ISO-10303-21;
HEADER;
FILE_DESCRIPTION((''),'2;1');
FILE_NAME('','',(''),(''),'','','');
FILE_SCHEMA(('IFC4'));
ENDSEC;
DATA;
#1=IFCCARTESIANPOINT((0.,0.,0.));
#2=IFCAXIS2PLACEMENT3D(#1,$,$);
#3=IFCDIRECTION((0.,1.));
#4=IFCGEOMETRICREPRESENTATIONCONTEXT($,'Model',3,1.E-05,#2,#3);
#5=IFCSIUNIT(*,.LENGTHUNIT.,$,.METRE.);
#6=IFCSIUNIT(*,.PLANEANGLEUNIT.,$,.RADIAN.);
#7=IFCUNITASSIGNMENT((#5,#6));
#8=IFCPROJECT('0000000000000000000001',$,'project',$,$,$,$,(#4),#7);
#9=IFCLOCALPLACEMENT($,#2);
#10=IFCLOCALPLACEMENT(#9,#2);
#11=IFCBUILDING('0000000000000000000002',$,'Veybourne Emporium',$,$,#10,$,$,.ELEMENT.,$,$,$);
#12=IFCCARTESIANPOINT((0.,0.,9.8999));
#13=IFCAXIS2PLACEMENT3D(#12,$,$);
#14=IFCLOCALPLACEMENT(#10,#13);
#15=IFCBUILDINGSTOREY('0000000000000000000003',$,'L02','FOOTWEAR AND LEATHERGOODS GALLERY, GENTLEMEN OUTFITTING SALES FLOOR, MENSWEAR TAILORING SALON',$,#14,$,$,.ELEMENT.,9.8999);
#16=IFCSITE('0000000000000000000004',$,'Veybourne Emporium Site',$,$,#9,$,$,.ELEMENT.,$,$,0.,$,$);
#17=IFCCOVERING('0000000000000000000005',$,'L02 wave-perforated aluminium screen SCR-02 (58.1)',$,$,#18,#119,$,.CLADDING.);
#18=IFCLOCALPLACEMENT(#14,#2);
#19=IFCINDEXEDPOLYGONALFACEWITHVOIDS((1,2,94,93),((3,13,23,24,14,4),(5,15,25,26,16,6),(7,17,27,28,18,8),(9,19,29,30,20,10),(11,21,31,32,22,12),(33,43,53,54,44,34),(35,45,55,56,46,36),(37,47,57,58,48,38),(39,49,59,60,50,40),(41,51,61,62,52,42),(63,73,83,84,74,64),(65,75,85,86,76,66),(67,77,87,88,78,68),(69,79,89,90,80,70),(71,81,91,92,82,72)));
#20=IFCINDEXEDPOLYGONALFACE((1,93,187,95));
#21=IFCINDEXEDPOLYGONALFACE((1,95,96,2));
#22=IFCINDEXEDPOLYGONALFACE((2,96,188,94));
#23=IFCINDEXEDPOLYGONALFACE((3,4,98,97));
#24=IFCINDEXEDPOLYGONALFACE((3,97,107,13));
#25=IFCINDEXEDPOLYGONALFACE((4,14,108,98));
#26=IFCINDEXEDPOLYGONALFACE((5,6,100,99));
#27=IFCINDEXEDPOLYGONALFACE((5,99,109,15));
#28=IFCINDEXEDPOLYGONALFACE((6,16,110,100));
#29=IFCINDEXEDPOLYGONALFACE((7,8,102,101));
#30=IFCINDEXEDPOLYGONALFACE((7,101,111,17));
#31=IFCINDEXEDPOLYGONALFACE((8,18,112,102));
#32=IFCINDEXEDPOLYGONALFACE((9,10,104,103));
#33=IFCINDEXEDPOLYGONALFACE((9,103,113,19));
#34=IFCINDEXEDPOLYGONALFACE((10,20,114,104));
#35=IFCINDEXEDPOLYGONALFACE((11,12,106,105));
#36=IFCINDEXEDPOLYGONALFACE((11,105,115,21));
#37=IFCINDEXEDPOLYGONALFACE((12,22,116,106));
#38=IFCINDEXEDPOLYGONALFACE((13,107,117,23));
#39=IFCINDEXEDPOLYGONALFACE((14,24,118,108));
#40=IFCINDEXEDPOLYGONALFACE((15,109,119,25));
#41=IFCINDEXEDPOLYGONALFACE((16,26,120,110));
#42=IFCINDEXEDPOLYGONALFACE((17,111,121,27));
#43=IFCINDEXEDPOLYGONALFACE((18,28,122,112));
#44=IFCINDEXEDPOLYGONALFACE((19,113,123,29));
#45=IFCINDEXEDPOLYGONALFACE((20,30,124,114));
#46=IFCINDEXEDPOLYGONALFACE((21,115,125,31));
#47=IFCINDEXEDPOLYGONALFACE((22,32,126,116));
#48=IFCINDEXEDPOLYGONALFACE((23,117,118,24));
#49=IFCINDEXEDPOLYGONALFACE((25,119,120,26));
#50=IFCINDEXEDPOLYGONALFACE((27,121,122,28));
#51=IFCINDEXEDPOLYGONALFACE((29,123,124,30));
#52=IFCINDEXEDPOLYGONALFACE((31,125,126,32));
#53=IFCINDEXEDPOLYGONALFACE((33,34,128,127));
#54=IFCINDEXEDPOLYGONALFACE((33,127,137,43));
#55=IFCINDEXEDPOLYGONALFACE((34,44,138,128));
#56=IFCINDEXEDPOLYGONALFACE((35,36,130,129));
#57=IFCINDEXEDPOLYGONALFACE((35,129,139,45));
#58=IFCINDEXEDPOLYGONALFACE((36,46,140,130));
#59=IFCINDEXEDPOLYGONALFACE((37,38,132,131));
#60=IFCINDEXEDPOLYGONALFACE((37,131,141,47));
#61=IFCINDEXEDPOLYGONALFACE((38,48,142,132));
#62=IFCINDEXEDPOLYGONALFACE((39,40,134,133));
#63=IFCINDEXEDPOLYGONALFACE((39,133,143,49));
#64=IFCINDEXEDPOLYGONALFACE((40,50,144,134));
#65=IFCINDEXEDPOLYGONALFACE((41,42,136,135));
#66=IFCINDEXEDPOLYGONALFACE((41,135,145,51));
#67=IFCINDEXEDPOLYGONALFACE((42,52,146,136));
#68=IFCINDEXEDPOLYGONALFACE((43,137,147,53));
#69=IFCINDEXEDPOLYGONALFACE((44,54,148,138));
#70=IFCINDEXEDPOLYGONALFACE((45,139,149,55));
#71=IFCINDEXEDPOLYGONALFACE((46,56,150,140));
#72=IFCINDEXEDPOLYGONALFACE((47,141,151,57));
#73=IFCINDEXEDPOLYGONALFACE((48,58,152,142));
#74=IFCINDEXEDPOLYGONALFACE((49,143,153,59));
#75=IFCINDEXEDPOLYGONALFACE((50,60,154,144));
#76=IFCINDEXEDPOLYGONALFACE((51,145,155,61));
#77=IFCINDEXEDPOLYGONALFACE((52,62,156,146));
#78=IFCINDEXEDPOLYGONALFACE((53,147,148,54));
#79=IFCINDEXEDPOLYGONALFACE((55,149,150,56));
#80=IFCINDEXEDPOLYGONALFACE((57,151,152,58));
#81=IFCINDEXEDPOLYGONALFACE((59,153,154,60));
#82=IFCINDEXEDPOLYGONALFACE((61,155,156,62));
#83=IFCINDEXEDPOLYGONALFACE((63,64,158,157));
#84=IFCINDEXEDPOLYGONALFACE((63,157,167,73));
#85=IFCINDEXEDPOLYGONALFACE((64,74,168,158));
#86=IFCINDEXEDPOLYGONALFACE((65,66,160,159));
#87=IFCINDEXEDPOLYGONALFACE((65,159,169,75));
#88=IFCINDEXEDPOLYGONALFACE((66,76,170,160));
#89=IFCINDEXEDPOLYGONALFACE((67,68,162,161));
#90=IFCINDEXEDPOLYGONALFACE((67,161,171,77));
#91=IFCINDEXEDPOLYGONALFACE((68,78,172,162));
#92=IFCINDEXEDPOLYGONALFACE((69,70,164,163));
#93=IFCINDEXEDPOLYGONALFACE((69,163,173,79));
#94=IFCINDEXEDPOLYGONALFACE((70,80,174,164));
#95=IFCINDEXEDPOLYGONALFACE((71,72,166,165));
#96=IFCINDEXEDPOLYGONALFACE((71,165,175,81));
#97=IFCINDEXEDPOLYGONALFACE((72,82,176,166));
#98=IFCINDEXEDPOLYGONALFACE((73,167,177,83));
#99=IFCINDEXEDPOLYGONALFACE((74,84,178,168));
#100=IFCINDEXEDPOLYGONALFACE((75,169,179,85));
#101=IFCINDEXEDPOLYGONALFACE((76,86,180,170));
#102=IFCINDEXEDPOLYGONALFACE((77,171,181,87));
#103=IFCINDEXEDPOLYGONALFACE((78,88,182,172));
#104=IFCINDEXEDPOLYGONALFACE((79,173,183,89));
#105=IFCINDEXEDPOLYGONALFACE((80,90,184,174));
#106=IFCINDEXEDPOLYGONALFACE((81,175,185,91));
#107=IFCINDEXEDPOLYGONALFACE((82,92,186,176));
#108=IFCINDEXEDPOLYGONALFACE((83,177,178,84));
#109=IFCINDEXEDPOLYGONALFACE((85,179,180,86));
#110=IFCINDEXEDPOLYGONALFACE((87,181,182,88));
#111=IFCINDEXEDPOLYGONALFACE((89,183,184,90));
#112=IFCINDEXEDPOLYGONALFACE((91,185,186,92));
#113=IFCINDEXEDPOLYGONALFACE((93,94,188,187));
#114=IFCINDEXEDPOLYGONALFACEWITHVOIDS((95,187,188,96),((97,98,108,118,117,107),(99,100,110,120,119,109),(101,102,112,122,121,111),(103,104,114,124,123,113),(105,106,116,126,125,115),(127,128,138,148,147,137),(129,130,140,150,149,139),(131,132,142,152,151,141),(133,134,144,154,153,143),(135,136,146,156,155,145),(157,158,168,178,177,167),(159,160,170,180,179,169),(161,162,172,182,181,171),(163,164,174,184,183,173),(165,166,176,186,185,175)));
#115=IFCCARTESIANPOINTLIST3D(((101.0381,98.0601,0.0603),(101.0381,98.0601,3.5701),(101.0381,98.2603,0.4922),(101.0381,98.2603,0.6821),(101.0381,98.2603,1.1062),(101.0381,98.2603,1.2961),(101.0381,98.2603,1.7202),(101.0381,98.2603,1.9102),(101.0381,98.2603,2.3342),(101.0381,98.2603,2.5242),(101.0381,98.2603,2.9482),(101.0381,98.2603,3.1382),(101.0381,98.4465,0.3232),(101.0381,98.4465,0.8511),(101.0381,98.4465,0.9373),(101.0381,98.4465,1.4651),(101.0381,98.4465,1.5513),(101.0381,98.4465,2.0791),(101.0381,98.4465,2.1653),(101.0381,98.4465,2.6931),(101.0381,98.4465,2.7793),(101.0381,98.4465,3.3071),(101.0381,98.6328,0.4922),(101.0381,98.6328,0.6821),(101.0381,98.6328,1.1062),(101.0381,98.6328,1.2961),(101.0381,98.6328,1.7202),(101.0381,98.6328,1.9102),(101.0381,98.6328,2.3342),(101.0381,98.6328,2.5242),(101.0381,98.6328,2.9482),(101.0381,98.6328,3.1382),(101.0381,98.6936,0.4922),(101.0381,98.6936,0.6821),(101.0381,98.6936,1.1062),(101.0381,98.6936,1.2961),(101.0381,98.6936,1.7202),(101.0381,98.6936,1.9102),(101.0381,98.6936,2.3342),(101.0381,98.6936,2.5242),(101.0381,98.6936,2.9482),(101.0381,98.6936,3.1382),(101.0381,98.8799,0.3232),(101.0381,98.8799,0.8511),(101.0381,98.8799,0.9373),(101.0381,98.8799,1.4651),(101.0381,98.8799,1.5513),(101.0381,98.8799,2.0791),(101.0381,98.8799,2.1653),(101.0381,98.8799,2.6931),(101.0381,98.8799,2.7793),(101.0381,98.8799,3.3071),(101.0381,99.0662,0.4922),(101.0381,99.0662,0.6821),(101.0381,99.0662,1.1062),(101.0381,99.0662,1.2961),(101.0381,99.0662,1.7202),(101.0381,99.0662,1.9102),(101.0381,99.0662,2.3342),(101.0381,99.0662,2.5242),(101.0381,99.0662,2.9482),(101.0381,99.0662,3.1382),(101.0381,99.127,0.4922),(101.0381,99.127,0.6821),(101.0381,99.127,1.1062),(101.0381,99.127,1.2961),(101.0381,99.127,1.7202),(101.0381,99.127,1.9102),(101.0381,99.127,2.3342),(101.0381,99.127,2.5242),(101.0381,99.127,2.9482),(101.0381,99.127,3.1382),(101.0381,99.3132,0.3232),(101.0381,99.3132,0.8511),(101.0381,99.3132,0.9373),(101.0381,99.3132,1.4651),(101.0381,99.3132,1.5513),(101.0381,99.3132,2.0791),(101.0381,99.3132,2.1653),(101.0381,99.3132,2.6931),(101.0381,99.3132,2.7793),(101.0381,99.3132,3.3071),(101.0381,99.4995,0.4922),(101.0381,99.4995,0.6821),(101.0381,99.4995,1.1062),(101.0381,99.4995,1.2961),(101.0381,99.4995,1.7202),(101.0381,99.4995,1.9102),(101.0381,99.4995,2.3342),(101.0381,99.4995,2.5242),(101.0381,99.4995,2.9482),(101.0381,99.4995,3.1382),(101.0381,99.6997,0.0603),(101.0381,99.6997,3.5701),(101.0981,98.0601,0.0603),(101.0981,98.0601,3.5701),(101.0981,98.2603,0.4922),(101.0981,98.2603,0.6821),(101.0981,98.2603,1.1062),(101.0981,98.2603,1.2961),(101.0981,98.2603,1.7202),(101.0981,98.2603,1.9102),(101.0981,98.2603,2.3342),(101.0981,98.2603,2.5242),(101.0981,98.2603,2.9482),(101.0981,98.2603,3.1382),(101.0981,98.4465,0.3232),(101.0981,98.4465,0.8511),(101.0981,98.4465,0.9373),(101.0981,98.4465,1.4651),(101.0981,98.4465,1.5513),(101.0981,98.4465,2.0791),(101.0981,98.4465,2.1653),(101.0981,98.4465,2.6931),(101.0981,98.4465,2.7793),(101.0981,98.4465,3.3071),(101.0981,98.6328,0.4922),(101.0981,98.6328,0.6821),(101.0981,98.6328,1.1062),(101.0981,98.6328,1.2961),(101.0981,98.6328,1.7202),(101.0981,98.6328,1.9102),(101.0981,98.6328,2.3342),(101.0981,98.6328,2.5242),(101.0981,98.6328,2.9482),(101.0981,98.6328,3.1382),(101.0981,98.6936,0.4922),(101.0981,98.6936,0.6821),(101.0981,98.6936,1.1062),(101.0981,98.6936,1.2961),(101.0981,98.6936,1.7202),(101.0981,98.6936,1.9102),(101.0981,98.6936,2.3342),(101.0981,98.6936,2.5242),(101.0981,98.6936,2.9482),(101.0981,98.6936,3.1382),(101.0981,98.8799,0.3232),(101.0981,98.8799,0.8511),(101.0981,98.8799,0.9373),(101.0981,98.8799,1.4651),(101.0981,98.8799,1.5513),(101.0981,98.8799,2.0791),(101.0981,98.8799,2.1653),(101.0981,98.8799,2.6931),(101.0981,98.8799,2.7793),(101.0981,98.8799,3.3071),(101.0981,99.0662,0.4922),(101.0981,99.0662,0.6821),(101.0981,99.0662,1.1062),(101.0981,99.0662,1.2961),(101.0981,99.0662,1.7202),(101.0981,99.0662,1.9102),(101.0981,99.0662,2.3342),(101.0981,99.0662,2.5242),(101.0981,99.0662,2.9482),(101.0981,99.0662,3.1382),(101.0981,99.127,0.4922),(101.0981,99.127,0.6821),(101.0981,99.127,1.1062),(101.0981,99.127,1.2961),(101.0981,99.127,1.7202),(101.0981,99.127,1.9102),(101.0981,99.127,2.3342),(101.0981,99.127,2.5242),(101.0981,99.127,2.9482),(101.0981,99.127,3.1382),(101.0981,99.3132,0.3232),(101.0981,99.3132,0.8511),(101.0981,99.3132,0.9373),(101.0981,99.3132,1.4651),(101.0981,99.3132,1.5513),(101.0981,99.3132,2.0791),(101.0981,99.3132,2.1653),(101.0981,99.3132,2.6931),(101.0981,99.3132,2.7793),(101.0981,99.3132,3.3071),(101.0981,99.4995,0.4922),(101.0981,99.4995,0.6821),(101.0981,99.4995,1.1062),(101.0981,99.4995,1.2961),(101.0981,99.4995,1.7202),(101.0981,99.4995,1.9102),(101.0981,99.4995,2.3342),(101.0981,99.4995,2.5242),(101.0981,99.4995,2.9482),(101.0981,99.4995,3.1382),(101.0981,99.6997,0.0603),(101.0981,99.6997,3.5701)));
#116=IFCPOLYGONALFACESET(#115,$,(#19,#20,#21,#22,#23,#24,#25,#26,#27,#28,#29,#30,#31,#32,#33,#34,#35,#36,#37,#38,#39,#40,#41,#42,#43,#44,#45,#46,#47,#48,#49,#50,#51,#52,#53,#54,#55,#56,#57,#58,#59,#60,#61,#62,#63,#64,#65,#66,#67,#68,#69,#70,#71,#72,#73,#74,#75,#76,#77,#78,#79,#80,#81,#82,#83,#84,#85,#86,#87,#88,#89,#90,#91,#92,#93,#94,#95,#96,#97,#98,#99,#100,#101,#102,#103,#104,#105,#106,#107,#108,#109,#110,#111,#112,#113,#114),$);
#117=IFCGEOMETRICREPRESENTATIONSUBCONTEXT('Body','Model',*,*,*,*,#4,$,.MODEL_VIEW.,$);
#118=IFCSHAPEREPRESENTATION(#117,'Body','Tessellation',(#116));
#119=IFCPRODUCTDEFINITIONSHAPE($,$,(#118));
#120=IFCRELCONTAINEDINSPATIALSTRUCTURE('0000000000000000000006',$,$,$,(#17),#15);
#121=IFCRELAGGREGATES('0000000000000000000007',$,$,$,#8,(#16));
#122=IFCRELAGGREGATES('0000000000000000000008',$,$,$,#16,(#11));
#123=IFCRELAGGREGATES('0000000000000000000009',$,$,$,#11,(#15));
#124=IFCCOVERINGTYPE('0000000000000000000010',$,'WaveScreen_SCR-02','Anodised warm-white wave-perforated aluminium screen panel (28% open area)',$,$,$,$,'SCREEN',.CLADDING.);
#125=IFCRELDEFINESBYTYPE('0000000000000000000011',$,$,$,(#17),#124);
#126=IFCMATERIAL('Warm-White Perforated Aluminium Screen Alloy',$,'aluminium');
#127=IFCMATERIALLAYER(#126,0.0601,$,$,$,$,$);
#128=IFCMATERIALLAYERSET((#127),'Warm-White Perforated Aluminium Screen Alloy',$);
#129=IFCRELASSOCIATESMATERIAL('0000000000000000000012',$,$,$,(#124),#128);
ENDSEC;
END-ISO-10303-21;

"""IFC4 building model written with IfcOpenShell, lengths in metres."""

from ifc_helpers import new_model, si_unit, direction, frame, origin, place, context, subcontext, project, spatial, polyline, outline, extrude, material, layer, layer_set, type_object, element, save


model = new_model("IFC4")

# Units and contexts
model_context = context("Model", 3, precision=1e-05, world=origin(), true_north=direction((0.0, 1.0)))
body_context = subcontext(model_context, "Body", "Model", "MODEL_VIEW")
ifc_project = project(units=[si_unit("LENGTHUNIT", "METRE"), si_unit("PLANEANGLEUNIT", "RADIAN")], contexts=[model_context])

# Site, building, storey
site_placement = place(None, origin())
site = spatial("IfcSite", under=ifc_project, at=site_placement, Name="Veybourne Emporium Site", CompositionType="ELEMENT", RefElevation=0.0)
building_placement = place(site_placement, origin())
building = spatial("IfcBuilding", under=site, at=building_placement, Name="Veybourne Emporium", CompositionType="ELEMENT")
storey_placement = place(building_placement, frame((0.0, 0.0, 9.8999)))
storey = spatial("IfcBuildingStorey", under=building, at=storey_placement, Name="L02", Description="FOOTWEAR AND LEATHERGOODS GALLERY, GENTLEMEN OUTFITTING SALES FLOOR, MENSWEAR TAILORING SALON", CompositionType="ELEMENT", Elevation=9.8999)

# Covering
ifc_material_1 = material(Name="Warm-White Perforated Aluminium Screen Alloy", Category="aluminium")
ifc_layer_1 = layer(ifc_material_1, 0.0601)
ifc_layer_set_1 = layer_set([ifc_layer_1], Name="Warm-White Perforated Aluminium Screen Alloy")
covering_type_1 = type_object("IfcCoveringType", Name="WaveScreen_SCR-02", Description="Anodised warm-white wave-perforated aluminium screen panel (28% open area)", ElementType="SCREEN", PredefinedType="CLADDING", material=ifc_layer_set_1)
covering_1_placement = place(storey_placement, frame((101.0981, 98.8799, 1.8152), z_axis=(-1.0, 0.0, 0.0), x_axis=(0.0, -1.0, 0.0)))
element("IfcCovering", 1, at=covering_1_placement, inside=storey, type_object=covering_type_1, Name="L02 wave-perforated aluminium screen SCR-02 (58.1)", PredefinedType="CLADDING", context=body_context, shape_type="SweptSolid", body=[
    extrude(outline(polyline([(-0.8198, -1.7549), (0.8198, -1.7549), (0.8198, 1.7549), (-0.8198, 1.7549), (-0.8198, -1.7549)]), holes=[polyline([(-0.4333, -0.9641), (-0.2471, -1.1331), (-0.2471, -1.323), (-0.4333, -1.4919), (-0.6196, -1.323), (-0.6196, -1.1331), (-0.4333, -0.9641)]), polyline([(-0.4333, -0.3501), (-0.2471, -0.519), (-0.2471, -0.709), (-0.4333, -0.8779), (-0.6196, -0.709), (-0.6196, -0.519), (-0.4333, -0.3501)]), polyline([(-0.4333, 0.2639), (-0.2471, 0.095), (-0.2471, -0.095), (-0.4333, -0.2639), (-0.6196, -0.095), (-0.6196, 0.095), (-0.4333, 0.2639)]), polyline([(-0.4333, 0.8779), (-0.2471, 0.709), (-0.2471, 0.519), (-0.4333, 0.3501), (-0.6196, 0.519), (-0.6196, 0.709), (-0.4333, 0.8779)]), polyline([(-0.4333, 1.4919), (-0.2471, 1.323), (-0.2471, 1.1331), (-0.4333, 0.9641), (-0.6196, 1.1331), (-0.6196, 1.323), (-0.4333, 1.4919)]), polyline([(0.0, -0.9641), (0.1863, -1.1331), (0.1863, -1.323), (0.0, -1.4919), (-0.1863, -1.323), (-0.1863, -1.1331), (0.0, -0.9641)]), polyline([(0.0, -0.3501), (0.1863, -0.519), (0.1863, -0.709), (0.0, -0.8779), (-0.1863, -0.709), (-0.1863, -0.519), (0.0, -0.3501)]), polyline([(0.0, 0.2639), (0.1863, 0.095), (0.1863, -0.095), (0.0, -0.2639), (-0.1863, -0.095), (-0.1863, 0.095), (0.0, 0.2639)]), polyline([(0.0, 0.8779), (0.1863, 0.709), (0.1863, 0.519), (0.0, 0.3501), (-0.1863, 0.519), (-0.1863, 0.709), (0.0, 0.8779)]), polyline([(0.0, 1.4919), (0.1863, 1.323), (0.1863, 1.1331), (0.0, 0.9641), (-0.1863, 1.1331), (-0.1863, 1.323), (0.0, 1.4919)]), polyline([(0.4333, -0.9641), (0.6196, -1.1331), (0.6196, -1.323), (0.4333, -1.4919), (0.2471, -1.323), (0.2471, -1.1331), (0.4333, -0.9641)]), polyline([(0.4333, -0.3501), (0.6196, -0.519), (0.6196, -0.709), (0.4333, -0.8779), (0.2471, -0.709), (0.2471, -0.519), (0.4333, -0.3501)]), polyline([(0.4333, 0.2639), (0.6196, 0.095), (0.6196, -0.095), (0.4333, -0.2639), (0.2471, -0.095), (0.2471, 0.095), (0.4333, 0.2639)]), polyline([(0.4333, 0.8779), (0.6196, 0.709), (0.6196, 0.519), (0.4333, 0.3501), (0.2471, 0.519), (0.2471, 0.709), (0.4333, 0.8779)]), polyline([(0.4333, 1.4919), (0.6196, 1.323), (0.6196, 1.1331), (0.4333, 0.9641), (0.2471, 1.1331), (0.2471, 1.323), (0.4333, 1.4919)])]), origin(), (0.0, 0.0, 1.0), 0.0601),
])

save(model, "model.ifc")
